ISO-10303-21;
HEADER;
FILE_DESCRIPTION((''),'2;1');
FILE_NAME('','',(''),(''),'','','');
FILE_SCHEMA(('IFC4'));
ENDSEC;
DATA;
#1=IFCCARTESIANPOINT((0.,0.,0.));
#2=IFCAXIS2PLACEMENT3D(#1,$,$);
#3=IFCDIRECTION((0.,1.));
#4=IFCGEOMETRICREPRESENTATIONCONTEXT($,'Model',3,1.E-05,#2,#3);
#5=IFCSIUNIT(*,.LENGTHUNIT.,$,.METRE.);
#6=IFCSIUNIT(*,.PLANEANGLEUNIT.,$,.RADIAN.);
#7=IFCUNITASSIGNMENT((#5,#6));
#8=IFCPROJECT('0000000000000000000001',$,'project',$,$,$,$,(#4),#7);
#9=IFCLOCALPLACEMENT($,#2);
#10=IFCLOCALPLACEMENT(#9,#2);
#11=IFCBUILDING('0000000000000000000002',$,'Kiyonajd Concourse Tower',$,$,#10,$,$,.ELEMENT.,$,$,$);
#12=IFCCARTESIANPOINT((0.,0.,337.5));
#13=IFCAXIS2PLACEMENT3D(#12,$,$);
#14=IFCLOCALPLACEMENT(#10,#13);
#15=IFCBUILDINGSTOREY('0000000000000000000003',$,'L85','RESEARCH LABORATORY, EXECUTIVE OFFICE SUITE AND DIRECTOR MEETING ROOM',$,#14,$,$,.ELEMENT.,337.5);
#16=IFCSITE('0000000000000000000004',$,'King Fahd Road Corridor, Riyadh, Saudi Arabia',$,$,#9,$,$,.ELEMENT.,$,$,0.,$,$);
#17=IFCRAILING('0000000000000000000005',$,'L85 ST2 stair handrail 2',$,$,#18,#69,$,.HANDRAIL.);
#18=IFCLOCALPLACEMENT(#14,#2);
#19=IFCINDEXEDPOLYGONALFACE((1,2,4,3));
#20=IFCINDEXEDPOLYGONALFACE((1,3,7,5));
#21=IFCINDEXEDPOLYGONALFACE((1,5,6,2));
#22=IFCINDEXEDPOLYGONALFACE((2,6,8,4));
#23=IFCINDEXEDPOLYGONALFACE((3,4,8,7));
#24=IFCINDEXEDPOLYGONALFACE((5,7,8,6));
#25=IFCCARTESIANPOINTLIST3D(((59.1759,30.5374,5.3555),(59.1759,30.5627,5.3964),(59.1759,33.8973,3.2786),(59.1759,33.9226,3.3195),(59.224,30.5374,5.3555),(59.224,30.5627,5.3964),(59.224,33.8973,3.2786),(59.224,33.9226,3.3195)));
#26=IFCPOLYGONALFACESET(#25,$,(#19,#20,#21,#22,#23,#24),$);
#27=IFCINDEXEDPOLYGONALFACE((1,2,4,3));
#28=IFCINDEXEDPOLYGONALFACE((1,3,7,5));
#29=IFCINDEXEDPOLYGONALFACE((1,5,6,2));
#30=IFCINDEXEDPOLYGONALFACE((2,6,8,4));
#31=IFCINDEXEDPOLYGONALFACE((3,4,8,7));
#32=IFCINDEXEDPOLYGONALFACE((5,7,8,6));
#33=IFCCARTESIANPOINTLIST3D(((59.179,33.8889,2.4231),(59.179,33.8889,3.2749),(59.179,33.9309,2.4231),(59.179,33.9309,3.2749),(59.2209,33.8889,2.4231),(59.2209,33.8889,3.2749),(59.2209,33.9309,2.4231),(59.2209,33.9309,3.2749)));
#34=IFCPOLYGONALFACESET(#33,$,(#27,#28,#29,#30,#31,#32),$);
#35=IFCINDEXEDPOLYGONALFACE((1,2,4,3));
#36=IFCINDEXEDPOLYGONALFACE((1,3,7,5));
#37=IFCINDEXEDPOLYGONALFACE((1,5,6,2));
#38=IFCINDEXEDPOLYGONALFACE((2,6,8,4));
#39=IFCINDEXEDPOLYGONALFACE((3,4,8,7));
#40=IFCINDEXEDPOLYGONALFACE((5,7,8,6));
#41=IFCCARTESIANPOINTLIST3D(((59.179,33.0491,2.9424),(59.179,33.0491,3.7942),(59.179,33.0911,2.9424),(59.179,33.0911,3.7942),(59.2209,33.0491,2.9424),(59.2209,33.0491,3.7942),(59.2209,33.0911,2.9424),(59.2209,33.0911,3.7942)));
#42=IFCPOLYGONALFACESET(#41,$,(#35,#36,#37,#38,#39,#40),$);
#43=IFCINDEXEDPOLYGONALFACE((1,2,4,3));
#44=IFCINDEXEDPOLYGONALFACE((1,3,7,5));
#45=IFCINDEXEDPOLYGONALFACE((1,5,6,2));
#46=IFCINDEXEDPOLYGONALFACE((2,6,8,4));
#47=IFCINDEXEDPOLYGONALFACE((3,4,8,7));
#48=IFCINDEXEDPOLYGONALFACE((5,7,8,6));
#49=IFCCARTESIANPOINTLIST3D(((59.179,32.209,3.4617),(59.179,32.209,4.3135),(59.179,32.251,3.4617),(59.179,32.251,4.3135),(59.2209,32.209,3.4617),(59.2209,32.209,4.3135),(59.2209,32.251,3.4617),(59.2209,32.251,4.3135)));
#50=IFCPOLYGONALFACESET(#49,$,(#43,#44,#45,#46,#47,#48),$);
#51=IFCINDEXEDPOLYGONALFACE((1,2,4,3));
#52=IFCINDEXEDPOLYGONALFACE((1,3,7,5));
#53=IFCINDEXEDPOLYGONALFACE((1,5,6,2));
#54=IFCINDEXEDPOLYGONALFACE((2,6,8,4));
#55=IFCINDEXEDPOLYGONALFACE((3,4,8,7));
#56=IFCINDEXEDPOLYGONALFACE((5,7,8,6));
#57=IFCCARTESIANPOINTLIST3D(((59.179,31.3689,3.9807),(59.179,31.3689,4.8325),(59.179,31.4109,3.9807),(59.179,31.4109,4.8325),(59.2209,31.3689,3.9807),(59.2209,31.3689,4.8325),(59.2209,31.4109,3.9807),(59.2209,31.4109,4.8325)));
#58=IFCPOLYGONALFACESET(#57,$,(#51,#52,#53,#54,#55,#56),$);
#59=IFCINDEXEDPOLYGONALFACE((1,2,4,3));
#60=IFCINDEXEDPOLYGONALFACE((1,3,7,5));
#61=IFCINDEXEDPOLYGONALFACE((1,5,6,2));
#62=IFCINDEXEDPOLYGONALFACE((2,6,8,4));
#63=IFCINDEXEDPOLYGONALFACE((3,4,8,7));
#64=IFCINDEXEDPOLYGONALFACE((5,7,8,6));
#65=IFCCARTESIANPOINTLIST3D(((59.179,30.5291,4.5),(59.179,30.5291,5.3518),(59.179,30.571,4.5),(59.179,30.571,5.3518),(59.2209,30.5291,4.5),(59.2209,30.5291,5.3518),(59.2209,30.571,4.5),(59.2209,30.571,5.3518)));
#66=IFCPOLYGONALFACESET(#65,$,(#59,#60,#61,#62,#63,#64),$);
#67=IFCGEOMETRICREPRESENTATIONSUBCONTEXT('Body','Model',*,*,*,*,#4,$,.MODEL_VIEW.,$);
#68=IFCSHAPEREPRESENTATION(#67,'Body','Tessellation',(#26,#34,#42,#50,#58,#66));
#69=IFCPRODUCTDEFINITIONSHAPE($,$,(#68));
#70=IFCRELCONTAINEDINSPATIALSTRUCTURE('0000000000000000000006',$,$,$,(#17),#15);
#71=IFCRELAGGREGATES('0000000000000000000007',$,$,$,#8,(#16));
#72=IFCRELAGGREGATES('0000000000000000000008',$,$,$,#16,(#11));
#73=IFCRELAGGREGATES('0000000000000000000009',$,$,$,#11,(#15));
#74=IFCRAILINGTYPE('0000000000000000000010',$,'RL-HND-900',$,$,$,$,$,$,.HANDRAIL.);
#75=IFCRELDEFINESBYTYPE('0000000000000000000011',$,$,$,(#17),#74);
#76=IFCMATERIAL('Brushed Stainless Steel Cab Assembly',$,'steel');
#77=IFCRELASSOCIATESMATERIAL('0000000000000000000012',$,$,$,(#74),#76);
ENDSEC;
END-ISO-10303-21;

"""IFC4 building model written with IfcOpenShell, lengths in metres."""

from ifc_helpers import new_model, si_unit, direction, frame, origin, origin_2d, place, context, subcontext, project, spatial, rectangle, extrude, material, type_object, element, save


model = new_model("IFC4")

# Units and contexts
model_context = context("Model", 3, precision=1e-05, world=origin(), true_north=direction((0.0, 1.0)))
body_context = subcontext(model_context, "Body", "Model", "MODEL_VIEW")
ifc_project = project(units=[si_unit("LENGTHUNIT", "METRE"), si_unit("PLANEANGLEUNIT", "RADIAN")], contexts=[model_context])

# Site, building, storey
site_placement = place(None, origin())
site = spatial("IfcSite", under=ifc_project, at=site_placement, Name="King Fahd Road Corridor, Riyadh, Saudi Arabia", CompositionType="ELEMENT", RefElevation=0.0)
building_placement = place(site_placement, origin())
building = spatial("IfcBuilding", under=site, at=building_placement, Name="Kiyonajd Concourse Tower", CompositionType="ELEMENT")
storey_placement = place(building_placement, frame((0.0, 0.0, 337.5)))
storey = spatial("IfcBuildingStorey", under=building, at=storey_placement, Name="L85", Description="RESEARCH LABORATORY, EXECUTIVE OFFICE SUITE AND DIRECTOR MEETING ROOM", CompositionType="ELEMENT", Elevation=337.5)

# Shared definitions
ifc_material_1 = material(Name="Brushed Stainless Steel Cab Assembly", Category="steel")

# Railing
railing_type_1 = type_object("IfcRailingType", Name="RL-HND-900", PredefinedType="HANDRAIL", material=ifc_material_1)
railing_1_placement = place(storey_placement, frame((59.2, 33.9099, 2.4231)))
element("IfcRailing", 1, at=railing_1_placement, inside=storey, type_object=railing_type_1, Name="L85 ST2 stair handrail 2", PredefinedType="HANDRAIL", context=body_context, shape_type="SweptSolid", body=[
    extrude(rectangle(XDim=0.0481, YDim=0.0481, at=origin_2d()), frame((0.0, 0.0, 0.876), z_axis=(0.0, -0.850606, 0.525803), x_axis=(1.0, 0.0, 0.0)), (0.0, 0.0, 1.0), 3.95),
    extrude(rectangle(XDim=0.042, YDim=0.042, at=origin_2d()), origin(), (0.0, 0.0, 1.0), 0.8518),
    extrude(rectangle(XDim=0.042, YDim=0.042, at=origin_2d()), frame((0.0, -0.8398, 0.5193)), (0.0, 0.0, 1.0), 0.8518),
    extrude(rectangle(XDim=0.042, YDim=0.042, at=origin_2d()), frame((0.0, -1.6799, 1.0386)), (0.0, 0.0, 1.0), 0.8518),
    extrude(rectangle(XDim=0.042, YDim=0.042, at=origin_2d()), frame((0.0, -2.52, 1.5576)), (0.0, 0.0, 1.0), 0.8518),
    extrude(rectangle(XDim=0.042, YDim=0.042, at=origin_2d()), frame((0.0, -3.3599, 2.0769)), (0.0, 0.0, 1.0), 0.8518),
])

save(model, "model.ifc")
